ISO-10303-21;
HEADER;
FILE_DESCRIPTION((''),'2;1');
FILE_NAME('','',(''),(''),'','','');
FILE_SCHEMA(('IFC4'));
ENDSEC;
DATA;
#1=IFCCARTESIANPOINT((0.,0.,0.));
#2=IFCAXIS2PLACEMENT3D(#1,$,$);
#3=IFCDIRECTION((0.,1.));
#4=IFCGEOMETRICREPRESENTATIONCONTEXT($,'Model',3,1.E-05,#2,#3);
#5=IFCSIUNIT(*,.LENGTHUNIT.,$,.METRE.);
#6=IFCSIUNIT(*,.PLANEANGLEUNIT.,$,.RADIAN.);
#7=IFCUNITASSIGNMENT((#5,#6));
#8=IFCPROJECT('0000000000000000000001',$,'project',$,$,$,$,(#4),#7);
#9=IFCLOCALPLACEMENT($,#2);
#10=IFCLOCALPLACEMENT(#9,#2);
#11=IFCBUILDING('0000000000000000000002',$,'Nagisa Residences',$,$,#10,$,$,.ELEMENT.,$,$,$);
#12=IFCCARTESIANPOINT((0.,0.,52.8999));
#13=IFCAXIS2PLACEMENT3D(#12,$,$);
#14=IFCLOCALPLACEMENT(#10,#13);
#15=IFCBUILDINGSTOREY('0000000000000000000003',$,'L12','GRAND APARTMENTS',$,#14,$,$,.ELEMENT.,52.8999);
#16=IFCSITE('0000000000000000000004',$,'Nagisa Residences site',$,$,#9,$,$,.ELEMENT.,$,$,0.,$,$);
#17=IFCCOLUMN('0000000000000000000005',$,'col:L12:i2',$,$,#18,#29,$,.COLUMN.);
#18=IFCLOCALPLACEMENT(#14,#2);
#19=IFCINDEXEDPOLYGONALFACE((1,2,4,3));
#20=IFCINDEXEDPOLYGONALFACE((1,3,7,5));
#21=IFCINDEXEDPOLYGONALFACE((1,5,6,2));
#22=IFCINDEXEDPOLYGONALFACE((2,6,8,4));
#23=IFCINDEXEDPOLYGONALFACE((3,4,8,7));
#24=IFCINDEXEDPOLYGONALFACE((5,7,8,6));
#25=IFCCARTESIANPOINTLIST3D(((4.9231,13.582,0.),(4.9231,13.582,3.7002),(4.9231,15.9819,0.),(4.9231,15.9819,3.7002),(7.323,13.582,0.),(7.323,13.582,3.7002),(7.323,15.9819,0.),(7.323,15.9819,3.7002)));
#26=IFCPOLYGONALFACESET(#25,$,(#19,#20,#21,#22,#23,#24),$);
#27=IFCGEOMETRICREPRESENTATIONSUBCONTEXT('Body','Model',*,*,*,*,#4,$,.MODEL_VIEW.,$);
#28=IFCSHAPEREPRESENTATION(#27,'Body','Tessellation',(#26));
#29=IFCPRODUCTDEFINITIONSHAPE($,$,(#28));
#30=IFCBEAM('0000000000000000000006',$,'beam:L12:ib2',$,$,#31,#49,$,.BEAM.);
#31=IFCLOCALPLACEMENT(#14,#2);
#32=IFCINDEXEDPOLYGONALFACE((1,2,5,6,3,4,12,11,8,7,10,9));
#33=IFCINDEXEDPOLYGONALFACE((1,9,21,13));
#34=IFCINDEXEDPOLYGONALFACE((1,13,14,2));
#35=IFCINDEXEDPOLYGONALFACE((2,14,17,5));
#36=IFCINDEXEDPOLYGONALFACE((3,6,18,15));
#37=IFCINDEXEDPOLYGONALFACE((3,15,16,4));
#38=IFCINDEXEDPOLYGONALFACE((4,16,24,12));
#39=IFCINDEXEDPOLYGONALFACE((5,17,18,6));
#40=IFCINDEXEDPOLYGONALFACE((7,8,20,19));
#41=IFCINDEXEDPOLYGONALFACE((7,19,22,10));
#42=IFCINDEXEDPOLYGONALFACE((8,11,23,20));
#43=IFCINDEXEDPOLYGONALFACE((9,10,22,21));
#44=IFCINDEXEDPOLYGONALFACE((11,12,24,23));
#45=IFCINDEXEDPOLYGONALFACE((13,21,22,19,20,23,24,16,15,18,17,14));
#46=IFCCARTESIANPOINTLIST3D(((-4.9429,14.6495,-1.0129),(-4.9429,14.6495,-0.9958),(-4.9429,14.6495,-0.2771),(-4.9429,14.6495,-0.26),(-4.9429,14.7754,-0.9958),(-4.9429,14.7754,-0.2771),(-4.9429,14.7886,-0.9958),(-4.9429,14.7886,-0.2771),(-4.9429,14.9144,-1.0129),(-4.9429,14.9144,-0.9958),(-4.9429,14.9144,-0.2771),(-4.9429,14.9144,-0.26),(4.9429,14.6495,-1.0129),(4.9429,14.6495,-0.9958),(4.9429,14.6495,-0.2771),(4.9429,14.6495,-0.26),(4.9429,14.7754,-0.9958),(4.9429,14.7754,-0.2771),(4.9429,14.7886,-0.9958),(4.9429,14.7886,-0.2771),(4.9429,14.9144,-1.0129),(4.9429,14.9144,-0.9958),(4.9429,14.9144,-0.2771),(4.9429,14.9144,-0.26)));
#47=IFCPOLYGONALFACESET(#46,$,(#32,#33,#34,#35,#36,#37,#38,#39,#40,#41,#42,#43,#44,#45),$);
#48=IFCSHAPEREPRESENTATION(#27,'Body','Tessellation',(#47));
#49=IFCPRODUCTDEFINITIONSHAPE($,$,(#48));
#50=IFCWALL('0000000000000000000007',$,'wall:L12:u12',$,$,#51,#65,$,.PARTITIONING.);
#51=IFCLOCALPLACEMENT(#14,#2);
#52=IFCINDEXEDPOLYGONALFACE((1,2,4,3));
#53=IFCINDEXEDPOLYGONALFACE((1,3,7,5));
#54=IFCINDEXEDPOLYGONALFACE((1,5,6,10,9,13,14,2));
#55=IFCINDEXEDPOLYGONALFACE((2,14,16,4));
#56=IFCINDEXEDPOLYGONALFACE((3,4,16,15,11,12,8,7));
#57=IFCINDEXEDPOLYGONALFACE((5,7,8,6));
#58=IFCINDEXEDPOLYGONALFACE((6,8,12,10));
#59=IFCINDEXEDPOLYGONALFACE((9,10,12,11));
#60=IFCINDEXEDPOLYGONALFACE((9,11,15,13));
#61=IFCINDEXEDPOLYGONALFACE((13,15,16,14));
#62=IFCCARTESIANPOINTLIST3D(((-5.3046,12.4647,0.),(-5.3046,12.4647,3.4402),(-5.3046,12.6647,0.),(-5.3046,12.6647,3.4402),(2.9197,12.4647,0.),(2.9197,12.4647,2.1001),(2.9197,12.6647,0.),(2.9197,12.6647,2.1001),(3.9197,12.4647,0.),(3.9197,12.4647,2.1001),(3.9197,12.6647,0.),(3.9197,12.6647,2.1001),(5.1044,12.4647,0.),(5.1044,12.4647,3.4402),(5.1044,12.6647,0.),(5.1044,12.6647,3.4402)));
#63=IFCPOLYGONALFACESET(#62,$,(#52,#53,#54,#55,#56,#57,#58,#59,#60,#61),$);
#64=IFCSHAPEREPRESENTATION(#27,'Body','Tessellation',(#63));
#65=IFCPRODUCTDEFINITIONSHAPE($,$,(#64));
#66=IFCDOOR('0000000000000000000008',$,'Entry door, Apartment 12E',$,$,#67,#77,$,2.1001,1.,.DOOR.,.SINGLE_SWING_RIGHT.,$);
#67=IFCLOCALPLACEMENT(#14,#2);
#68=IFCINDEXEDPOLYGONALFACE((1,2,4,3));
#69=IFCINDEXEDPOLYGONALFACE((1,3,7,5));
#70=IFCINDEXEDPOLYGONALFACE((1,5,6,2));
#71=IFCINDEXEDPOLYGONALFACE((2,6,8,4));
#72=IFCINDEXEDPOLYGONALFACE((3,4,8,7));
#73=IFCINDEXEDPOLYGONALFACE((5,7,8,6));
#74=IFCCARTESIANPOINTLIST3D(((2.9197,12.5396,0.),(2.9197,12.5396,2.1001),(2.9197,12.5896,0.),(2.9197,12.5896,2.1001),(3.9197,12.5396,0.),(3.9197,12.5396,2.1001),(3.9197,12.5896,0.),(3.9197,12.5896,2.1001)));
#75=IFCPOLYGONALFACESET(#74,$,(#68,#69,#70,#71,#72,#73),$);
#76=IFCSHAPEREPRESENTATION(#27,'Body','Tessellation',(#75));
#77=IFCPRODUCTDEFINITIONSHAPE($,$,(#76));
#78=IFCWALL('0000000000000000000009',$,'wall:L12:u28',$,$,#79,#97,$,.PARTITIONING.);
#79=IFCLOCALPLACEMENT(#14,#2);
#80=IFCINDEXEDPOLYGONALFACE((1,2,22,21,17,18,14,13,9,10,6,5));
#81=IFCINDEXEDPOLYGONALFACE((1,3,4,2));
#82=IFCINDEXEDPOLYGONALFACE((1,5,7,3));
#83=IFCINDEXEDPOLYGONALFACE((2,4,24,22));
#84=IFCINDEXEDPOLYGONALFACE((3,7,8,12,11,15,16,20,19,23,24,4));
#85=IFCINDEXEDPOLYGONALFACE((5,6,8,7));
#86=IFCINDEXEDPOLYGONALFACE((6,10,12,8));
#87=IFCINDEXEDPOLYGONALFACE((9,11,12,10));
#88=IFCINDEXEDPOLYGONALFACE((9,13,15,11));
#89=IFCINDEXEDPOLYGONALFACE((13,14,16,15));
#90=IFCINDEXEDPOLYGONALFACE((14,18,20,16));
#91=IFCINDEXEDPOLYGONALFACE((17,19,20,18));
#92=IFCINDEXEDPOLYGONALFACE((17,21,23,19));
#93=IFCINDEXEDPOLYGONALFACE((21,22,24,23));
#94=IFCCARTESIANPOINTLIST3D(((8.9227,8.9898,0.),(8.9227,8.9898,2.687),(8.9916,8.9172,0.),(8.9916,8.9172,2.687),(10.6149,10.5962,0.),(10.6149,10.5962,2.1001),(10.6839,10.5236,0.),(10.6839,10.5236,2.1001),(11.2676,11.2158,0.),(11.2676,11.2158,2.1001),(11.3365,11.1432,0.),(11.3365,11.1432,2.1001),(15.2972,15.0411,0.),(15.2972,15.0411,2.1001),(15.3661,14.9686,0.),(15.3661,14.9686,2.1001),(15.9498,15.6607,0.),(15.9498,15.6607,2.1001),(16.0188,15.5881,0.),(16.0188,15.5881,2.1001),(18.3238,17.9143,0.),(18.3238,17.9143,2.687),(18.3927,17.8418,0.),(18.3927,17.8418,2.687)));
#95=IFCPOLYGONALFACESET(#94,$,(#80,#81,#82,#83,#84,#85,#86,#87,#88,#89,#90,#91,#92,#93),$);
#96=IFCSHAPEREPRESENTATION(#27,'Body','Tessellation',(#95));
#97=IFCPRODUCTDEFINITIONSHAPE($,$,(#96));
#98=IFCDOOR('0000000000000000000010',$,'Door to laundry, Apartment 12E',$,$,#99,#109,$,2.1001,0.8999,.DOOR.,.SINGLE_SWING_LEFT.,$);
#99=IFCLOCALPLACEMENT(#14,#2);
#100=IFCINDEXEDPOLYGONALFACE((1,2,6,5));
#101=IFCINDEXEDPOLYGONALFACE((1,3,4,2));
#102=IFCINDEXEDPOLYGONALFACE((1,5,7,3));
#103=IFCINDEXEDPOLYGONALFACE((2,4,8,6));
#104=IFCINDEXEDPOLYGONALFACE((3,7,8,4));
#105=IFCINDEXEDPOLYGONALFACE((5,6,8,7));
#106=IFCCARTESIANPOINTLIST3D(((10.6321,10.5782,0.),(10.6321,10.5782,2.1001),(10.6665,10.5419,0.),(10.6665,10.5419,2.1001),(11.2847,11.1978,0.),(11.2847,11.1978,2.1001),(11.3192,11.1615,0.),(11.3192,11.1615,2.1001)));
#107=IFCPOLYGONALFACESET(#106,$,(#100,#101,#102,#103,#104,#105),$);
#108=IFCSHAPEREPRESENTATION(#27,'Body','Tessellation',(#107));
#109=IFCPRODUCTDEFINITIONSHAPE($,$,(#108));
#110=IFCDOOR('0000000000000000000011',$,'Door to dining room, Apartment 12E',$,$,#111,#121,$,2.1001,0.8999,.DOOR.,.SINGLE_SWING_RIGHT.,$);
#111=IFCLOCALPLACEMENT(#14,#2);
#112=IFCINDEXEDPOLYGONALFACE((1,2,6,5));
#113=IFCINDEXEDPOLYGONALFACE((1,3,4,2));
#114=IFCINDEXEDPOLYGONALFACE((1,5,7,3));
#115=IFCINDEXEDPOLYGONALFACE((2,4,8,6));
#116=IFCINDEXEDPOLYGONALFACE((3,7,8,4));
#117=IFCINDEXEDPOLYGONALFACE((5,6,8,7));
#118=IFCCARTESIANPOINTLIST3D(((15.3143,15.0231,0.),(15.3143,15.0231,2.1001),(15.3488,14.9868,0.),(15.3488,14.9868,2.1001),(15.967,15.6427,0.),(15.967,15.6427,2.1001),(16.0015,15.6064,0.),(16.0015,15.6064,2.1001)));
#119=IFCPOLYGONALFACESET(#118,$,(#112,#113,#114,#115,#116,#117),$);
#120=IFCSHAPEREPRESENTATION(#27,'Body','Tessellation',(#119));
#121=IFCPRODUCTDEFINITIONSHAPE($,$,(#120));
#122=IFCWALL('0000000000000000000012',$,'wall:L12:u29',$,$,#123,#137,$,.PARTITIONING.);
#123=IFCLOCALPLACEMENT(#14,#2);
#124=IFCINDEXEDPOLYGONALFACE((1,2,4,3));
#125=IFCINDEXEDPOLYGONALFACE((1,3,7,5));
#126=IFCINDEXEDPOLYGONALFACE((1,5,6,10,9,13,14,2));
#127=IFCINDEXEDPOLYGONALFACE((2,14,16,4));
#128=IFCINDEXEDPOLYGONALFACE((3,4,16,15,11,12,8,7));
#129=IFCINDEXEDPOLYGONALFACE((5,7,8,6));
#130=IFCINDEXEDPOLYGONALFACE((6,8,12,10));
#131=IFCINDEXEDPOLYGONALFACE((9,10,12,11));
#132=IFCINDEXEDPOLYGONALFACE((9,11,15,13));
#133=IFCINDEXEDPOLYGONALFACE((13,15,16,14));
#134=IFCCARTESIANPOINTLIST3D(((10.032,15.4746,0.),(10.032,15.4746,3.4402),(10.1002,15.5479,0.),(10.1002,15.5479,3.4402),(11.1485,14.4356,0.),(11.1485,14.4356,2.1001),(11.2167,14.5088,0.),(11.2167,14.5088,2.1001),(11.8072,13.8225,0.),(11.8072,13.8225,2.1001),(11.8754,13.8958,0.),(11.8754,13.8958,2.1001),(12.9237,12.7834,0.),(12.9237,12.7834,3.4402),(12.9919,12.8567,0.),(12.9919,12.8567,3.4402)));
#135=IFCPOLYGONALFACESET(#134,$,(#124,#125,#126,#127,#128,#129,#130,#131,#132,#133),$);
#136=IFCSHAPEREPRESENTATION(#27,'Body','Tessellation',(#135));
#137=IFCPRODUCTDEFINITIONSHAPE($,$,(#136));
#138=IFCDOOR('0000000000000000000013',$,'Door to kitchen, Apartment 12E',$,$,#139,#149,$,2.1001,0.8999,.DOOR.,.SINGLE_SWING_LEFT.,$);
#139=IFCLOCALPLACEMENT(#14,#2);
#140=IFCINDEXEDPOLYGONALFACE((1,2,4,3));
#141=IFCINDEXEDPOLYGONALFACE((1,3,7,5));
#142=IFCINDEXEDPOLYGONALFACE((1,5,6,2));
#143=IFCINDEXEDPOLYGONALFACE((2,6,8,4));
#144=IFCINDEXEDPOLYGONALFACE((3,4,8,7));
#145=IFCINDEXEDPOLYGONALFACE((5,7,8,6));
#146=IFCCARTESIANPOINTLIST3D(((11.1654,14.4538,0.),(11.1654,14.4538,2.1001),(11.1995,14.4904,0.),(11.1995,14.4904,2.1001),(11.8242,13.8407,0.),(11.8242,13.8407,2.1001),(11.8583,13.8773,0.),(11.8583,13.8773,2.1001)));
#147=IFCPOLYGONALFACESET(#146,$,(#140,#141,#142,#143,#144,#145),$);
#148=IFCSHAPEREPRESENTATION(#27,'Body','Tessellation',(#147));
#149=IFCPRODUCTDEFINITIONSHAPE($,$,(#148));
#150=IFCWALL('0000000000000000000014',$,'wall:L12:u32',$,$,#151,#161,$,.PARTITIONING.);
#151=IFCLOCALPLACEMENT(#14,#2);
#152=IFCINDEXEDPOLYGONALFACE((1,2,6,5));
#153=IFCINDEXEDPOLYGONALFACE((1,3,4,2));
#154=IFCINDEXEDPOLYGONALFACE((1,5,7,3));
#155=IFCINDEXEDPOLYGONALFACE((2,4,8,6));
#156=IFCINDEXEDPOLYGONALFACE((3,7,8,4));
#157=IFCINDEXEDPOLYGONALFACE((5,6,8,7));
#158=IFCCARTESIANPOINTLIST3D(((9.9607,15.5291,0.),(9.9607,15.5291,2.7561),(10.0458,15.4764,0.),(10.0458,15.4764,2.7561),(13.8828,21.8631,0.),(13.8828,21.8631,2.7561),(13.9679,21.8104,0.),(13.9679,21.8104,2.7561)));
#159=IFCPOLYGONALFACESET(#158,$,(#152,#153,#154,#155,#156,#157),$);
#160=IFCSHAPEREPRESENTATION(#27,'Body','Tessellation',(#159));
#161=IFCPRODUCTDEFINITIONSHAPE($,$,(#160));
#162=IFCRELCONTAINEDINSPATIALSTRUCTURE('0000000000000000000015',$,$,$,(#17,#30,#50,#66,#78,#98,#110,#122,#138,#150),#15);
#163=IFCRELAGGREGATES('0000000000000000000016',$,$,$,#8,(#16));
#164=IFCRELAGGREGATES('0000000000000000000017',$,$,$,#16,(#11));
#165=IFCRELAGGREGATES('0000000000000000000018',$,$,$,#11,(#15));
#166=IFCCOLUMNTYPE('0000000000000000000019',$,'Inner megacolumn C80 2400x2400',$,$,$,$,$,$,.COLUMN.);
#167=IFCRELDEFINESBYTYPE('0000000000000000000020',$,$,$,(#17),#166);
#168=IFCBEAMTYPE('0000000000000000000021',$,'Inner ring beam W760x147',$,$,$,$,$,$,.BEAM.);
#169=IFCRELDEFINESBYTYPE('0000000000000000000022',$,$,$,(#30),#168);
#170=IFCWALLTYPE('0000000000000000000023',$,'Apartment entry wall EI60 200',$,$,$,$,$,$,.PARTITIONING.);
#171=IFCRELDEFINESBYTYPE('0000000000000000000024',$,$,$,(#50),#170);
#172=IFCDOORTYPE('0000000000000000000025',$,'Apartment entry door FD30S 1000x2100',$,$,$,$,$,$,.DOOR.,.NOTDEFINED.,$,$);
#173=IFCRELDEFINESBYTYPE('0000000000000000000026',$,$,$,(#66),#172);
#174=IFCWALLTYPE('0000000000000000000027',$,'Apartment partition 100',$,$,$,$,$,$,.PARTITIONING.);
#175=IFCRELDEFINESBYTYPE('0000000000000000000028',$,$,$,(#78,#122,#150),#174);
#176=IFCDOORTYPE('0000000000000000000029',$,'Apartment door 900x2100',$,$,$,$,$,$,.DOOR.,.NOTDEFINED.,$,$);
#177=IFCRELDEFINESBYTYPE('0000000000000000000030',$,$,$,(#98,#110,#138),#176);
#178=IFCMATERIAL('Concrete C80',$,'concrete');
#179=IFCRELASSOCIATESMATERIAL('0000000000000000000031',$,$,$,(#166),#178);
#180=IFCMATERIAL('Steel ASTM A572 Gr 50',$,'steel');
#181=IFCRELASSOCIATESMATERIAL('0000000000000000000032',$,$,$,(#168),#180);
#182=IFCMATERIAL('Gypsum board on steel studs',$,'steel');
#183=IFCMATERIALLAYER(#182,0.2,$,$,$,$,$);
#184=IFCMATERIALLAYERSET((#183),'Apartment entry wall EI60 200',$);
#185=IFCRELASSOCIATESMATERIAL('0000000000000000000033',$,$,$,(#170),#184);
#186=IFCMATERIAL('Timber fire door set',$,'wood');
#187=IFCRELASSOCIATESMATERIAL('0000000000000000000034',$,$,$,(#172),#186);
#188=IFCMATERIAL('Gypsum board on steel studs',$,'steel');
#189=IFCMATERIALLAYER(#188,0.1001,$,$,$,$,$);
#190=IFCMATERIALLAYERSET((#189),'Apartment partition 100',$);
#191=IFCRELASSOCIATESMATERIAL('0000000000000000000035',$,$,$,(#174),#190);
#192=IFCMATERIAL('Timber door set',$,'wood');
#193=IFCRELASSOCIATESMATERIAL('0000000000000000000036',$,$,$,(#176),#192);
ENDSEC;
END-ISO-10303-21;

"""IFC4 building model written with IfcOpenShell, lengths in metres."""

from ifc_helpers import new_model, si_unit, direction, frame, frame_2d, origin, origin_2d, place, context, subcontext, project, spatial, rectangle, i_section, extrude, material, layer, layer_set, material_profile, profile_set, type_object, element, fill, save


model = new_model("IFC4")

# Units and contexts
model_context = context("Model", 3, precision=1e-05, world=origin(), true_north=direction((0.0, 1.0)))
body_context = subcontext(model_context, "Body", "Model", "MODEL_VIEW")
ifc_project = project(units=[si_unit("LENGTHUNIT", "METRE"), si_unit("PLANEANGLEUNIT", "RADIAN")], contexts=[model_context])

# Site, building, storey
site_placement = place(None, origin())
site = spatial("IfcSite", under=ifc_project, at=site_placement, Name="Nagisa Residences site", CompositionType="ELEMENT", RefElevation=0.0)
building_placement = place(site_placement, origin())
building = spatial("IfcBuilding", under=site, at=building_placement, Name="Nagisa Residences", CompositionType="ELEMENT")
storey_placement = place(building_placement, frame((0.0, 0.0, 52.8999)))
storey = spatial("IfcBuildingStorey", under=building, at=storey_placement, Name="L12", Description="GRAND APARTMENTS", CompositionType="ELEMENT", Elevation=52.8999)

# Column
ifc_material_1 = material(Name="Concrete C80", Category="concrete")
ifc_material_profile_1 = material_profile(ifc_material_1, rectangle(XDim=2.3999, YDim=2.3999, at=origin_2d()), Name="C80 2400x2400")
ifc_profile_set_1 = profile_set([ifc_material_profile_1], Name="Concrete C80")
column_type = type_object("IfcColumnType", Name="Inner megacolumn C80 2400x2400", PredefinedType="COLUMN", material=ifc_profile_set_1)
column_placement = place(storey_placement, frame((6.123, 14.782, 0.0), z_axis=(0.0, 0.0, 1.0), x_axis=(1.0, 0.0, 0.0)))
element("IfcColumn", 1, at=column_placement, inside=storey, type_object=column_type, Name="col:L12:i2", PredefinedType="COLUMN", context=body_context, shape_type="SweptSolid", body=[
    extrude(rectangle(XDim=2.3999, YDim=2.3999, at=origin_2d()), origin(), (0.0, 0.0, 1.0), 3.7002),
])

# Beam
ifc_material_2 = material(Name="Steel ASTM A572 Gr 50", Category="steel")
ifc_material_profile_2 = material_profile(ifc_material_2, i_section(OverallWidth=0.2649, OverallDepth=0.7529, WebThickness=0.0132, FlangeThickness=0.0171, at=origin_2d()), Name="W760x147")
ifc_profile_set_2 = profile_set([ifc_material_profile_2], Name="Steel ASTM A572 Gr 50")
beam_type = type_object("IfcBeamType", Name="Inner ring beam W760x147", PredefinedType="BEAM", material=ifc_profile_set_2)
beam_placement = place(storey_placement, frame((4.9429, 14.782, -0.6365), z_axis=(-1.0, 0.0, 0.0), x_axis=(0.0, -1.0, 0.0)))
element("IfcBeam", 2, at=beam_placement, inside=storey, type_object=beam_type, Name="beam:L12:ib2", PredefinedType="BEAM", context=body_context, shape_type="SweptSolid", body=[
    extrude(i_section(OverallWidth=0.2649, OverallDepth=0.7529, WebThickness=0.0132, FlangeThickness=0.0171, at=origin_2d()), origin(), (0.0, 0.0, 1.0), 9.8857),
])

# Wall, opening, door
ifc_material_3 = material(Name="Gypsum board on steel studs", Category="steel")
ifc_layer_1 = layer(ifc_material_3, 0.2)
ifc_layer_set_1 = layer_set([ifc_layer_1], Name="Apartment entry wall EI60 200")
wall_type_1 = type_object("IfcWallType", Name="Apartment entry wall EI60 200", PredefinedType="PARTITIONING", material=ifc_layer_set_1)
wall_1_placement = place(storey_placement, frame((5.1045, 12.5647, 0.0), z_axis=(0.0, 0.0, 1.0), x_axis=(-1.0, 0.0, 0.0)))
wall_1 = element("IfcWall", 3, at=wall_1_placement, inside=storey, type_object=wall_type_1, Name="wall:L12:u12", PredefinedType="PARTITIONING", context=body_context, shape_type="SweptSolid", body=[
    extrude(rectangle(XDim=10.4089, YDim=0.2, at=frame_2d((5.2046, 0.0))), origin(), (0.0, 0.0, 1.0), 3.4402),
])
opening_1_placement = place(wall_1_placement, frame((1.1848, 0.0, 0.0)))
opening_1 = element("IfcOpeningElement", 4, at=opening_1_placement, cuts=wall_1, PredefinedType="OPENING", context=body_context, shape_type="SweptSolid", body=[
    extrude(rectangle(XDim=1.0, YDim=2.1001, at=frame_2d((0.5, 1.05))), frame((0.0, 0.1099, 0.0), z_axis=(0.0, -1.0, 0.0), x_axis=(1.0, 0.0, 0.0)), (0.0, 0.0, 1.0), 0.22),
])
ifc_material_4 = material(Name="Timber fire door set", Category="wood")
door_type_1 = type_object("IfcDoorType", Name="Apartment entry door FD30S 1000x2100", OperationType="NOTDEFINED", PredefinedType="DOOR", material=ifc_material_4)
door_1_placement = place(opening_1_placement, frame((1.0, 0.0, 0.0), x_axis=(-1.0, 0.0, 0.0)))
door_1 = element("IfcDoor", 5, at=door_1_placement, inside=storey, type_object=door_type_1, Name="Entry door, Apartment 12E", OperationType="SINGLE_SWING_RIGHT", OverallHeight=2.1001, OverallWidth=1.0, PredefinedType="DOOR", context=body_context, shape_type="SweptSolid", body=[
    extrude(rectangle(XDim=1.0, YDim=2.1001, at=frame_2d((0.5, 1.05))), frame((0.0, 0.0249, 0.0), z_axis=(0.0, -1.0, 0.0), x_axis=(1.0, 0.0, 0.0)), (0.0, 0.0, 1.0), 0.05),
])
fill(opening_1, door_1)

# Wall, openings, doors
ifc_material_5 = material(Name="Gypsum board on steel studs", Category="steel")
ifc_layer_2 = layer(ifc_material_5, 0.1001)
ifc_layer_set_2 = layer_set([ifc_layer_2], Name="Apartment partition 100")
wall_type_2 = type_object("IfcWallType", Name="Apartment partition 100", PredefinedType="PARTITIONING", material=ifc_layer_set_2)
wall_2_placement = place(storey_placement, frame((8.957, 8.9534, 0.0), z_axis=(0.0, 0.0, 1.0), x_axis=(0.72525, 0.688486, 0.0)))
wall_2 = element("IfcWall", 6, at=wall_2_placement, inside=storey, type_object=wall_type_2, Name="wall:L12:u28", PredefinedType="PARTITIONING", context=body_context, shape_type="SweptSolid", body=[
    extrude(rectangle(XDim=12.9626, YDim=0.1001, at=frame_2d((6.4814, 0.0))), origin(), (0.0, 0.0, 1.0), 2.687),
])
opening_2_placement = place(wall_2_placement, frame((2.3335, 0.0, 0.0)))
opening_2 = element("IfcOpeningElement", 7, at=opening_2_placement, cuts=wall_2, PredefinedType="OPENING", context=body_context, shape_type="SweptSolid", body=[
    extrude(rectangle(XDim=0.8999, YDim=2.1001, at=frame_2d((0.45, 1.05))), frame((0.0, 0.0601, 0.0), z_axis=(0.0, -1.0, 0.0), x_axis=(1.0, 0.0, 0.0)), (0.0, 0.0, 1.0), 0.1201),
])
opening_3_placement = place(wall_2_placement, frame((8.7896, 0.0, 0.0)))
opening_3 = element("IfcOpeningElement", 8, at=opening_3_placement, cuts=wall_2, PredefinedType="OPENING", context=body_context, shape_type="SweptSolid", body=[
    extrude(rectangle(XDim=0.8999, YDim=2.1001, at=frame_2d((0.45, 1.05))), frame((0.0, 0.0601, 0.0), z_axis=(0.0, -1.0, 0.0), x_axis=(1.0, 0.0, 0.0)), (0.0, 0.0, 1.0), 0.1201),
])
ifc_material_6 = material(Name="Timber door set", Category="wood")
door_type_2 = type_object("IfcDoorType", Name="Apartment door 900x2100", OperationType="NOTDEFINED", PredefinedType="DOOR", material=ifc_material_6)
door_2_placement = place(opening_2_placement, frame((0.8999, 0.0, 0.0), x_axis=(-1.0, 0.0, 0.0)))
door_2 = element("IfcDoor", 9, at=door_2_placement, inside=storey, type_object=door_type_2, Name="Door to laundry, Apartment 12E", OperationType="SINGLE_SWING_LEFT", OverallHeight=2.1001, OverallWidth=0.8999, PredefinedType="DOOR", context=body_context, shape_type="SweptSolid", body=[
    extrude(rectangle(XDim=0.8999, YDim=2.1001, at=frame_2d((0.45, 1.05))), frame((0.0, 0.0249, 0.0), z_axis=(0.0, -1.0, 0.0), x_axis=(1.0, 0.0, 0.0)), (0.0, 0.0, 1.0), 0.05),
])
fill(opening_2, door_2)
door_3_placement = place(opening_3_placement, frame((0.8999, 0.0, 0.0), x_axis=(-1.0, 0.0, 0.0)))
door_3 = element("IfcDoor", 10, at=door_3_placement, inside=storey, type_object=door_type_2, Name="Door to dining room, Apartment 12E", OperationType="SINGLE_SWING_RIGHT", OverallHeight=2.1001, OverallWidth=0.8999, PredefinedType="DOOR", context=body_context, shape_type="SweptSolid", body=[
    extrude(rectangle(XDim=0.8999, YDim=2.1001, at=frame_2d((0.45, 1.05))), frame((0.0, 0.0249, 0.0), z_axis=(0.0, -1.0, 0.0), x_axis=(1.0, 0.0, 0.0)), (0.0, 0.0, 1.0), 0.05),
])
fill(opening_3, door_3)

# Wall, opening, door
wall_3_placement = place(storey_placement, frame((12.9578, 12.8201, 0.0), z_axis=(0.0, 0.0, 1.0), x_axis=(-0.732023, 0.68128, 0.0)))
wall_3 = element("IfcWall", 11, at=wall_3_placement, inside=storey, type_object=wall_type_2, Name="wall:L12:u29", PredefinedType="PARTITIONING", context=body_context, shape_type="SweptSolid", body=[
    extrude(rectangle(XDim=3.9502, YDim=0.1001, at=frame_2d((1.9751, 0.0))), origin(), (0.0, 0.0, 1.0), 3.4402),
])
opening_4_placement = place(wall_3_placement, frame((1.5251, 0.0, 0.0)))
opening_4 = element("IfcOpeningElement", 12, at=opening_4_placement, cuts=wall_3, PredefinedType="OPENING", context=body_context, shape_type="SweptSolid", body=[
    extrude(rectangle(XDim=0.8999, YDim=2.1001, at=frame_2d((0.45, 1.05))), frame((0.0, 0.0601, 0.0), z_axis=(0.0, -1.0, 0.0), x_axis=(1.0, 0.0, 0.0)), (0.0, 0.0, 1.0), 0.1201),
])
door_4_placement = place(opening_4_placement, frame((0.8999, 0.0, 0.0), x_axis=(-1.0, 0.0, 0.0)))
door_4 = element("IfcDoor", 13, at=door_4_placement, inside=storey, type_object=door_type_2, Name="Door to kitchen, Apartment 12E", OperationType="SINGLE_SWING_LEFT", OverallHeight=2.1001, OverallWidth=0.8999, PredefinedType="DOOR", context=body_context, shape_type="SweptSolid", body=[
    extrude(rectangle(XDim=0.8999, YDim=2.1001, at=frame_2d((0.45, 1.05))), frame((0.0, 0.0249, 0.0), z_axis=(0.0, -1.0, 0.0), x_axis=(1.0, 0.0, 0.0)), (0.0, 0.0, 1.0), 0.05),
])
fill(opening_4, door_4)

# Wall
wall_4_placement = place(storey_placement, frame((10.0032, 15.5027, 0.0), z_axis=(0.0, 0.0, 1.0), x_axis=(0.52646, 0.8502, 0.0)))
element("IfcWall", 14, at=wall_4_placement, inside=storey, type_object=wall_type_2, Name="wall:L12:u32", PredefinedType="PARTITIONING", context=body_context, shape_type="SweptSolid", body=[
    extrude(rectangle(XDim=7.45, YDim=0.1001, at=frame_2d((3.7251, 0.0))), origin(), (0.0, 0.0, 1.0), 2.7561),
])

save(model, "model.ifc")
